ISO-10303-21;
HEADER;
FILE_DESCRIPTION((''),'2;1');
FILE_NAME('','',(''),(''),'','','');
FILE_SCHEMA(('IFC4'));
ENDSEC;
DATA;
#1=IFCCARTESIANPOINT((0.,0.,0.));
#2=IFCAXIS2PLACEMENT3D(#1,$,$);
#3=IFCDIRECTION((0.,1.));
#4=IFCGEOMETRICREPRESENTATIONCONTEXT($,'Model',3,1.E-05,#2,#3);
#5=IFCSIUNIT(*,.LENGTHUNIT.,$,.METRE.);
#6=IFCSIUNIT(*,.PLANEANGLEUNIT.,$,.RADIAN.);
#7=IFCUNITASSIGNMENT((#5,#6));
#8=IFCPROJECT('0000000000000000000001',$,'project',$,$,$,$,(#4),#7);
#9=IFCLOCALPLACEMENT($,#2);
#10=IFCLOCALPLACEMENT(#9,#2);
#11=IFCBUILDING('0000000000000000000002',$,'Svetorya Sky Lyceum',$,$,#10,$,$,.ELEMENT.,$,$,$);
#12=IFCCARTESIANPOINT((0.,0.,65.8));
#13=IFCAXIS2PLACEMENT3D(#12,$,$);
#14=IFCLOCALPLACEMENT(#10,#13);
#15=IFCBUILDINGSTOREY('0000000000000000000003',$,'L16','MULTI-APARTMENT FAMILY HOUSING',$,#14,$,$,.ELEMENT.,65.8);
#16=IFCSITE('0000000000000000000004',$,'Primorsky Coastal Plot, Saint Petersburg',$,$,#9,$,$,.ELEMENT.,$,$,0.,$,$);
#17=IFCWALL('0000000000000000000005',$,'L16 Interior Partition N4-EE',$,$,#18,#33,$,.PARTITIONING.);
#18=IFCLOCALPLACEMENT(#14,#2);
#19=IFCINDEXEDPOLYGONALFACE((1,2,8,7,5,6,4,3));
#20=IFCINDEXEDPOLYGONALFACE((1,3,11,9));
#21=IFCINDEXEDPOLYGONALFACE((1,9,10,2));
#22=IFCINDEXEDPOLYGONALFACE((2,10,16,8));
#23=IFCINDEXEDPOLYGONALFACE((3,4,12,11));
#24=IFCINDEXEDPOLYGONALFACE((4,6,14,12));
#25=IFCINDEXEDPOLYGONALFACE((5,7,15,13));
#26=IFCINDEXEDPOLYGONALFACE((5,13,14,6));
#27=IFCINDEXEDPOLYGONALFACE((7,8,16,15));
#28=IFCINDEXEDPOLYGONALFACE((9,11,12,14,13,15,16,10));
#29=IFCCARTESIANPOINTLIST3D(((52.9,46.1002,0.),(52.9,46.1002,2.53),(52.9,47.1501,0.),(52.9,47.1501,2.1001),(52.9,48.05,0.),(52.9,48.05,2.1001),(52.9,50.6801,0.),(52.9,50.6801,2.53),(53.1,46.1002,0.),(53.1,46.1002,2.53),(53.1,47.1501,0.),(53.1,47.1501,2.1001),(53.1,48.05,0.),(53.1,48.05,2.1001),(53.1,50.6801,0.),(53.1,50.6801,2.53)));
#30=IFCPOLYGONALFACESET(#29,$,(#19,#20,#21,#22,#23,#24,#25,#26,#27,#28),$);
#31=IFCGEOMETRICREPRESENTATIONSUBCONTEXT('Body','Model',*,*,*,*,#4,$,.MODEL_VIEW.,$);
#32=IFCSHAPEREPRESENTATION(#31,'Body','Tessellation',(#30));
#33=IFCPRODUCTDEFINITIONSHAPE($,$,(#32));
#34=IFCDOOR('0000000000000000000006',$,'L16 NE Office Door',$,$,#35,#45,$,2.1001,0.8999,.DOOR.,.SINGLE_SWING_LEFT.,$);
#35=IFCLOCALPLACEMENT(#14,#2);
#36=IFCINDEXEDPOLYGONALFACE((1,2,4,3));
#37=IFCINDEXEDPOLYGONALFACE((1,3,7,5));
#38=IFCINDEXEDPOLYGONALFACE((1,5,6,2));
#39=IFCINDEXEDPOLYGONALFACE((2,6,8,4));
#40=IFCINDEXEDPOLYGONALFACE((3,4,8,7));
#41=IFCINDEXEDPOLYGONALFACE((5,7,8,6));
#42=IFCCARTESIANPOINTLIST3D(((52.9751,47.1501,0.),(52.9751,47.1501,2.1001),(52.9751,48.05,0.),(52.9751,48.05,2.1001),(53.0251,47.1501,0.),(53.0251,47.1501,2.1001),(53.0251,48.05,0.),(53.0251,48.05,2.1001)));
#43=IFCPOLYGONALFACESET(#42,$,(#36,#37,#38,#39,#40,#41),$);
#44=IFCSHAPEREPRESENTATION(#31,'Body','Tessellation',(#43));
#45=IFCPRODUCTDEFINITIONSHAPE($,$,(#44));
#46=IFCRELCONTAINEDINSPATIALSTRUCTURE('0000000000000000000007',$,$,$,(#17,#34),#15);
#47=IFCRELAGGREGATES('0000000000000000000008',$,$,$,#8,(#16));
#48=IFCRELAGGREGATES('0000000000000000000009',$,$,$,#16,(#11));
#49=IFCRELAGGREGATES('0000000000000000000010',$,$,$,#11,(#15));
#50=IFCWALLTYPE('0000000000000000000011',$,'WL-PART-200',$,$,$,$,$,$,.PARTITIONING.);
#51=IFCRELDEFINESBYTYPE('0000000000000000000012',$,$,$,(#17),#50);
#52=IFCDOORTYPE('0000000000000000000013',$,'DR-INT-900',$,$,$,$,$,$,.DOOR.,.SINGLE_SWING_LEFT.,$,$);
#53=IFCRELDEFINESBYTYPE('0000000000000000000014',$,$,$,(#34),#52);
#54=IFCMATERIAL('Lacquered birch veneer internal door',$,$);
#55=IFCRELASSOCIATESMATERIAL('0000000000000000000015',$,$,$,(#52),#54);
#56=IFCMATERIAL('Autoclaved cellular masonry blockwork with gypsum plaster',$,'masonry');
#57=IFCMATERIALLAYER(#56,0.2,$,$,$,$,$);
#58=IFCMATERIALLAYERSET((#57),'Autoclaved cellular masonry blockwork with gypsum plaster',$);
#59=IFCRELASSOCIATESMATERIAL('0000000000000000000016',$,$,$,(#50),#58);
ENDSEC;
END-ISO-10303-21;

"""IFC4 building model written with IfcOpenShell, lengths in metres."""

from ifc_helpers import new_model, si_unit, direction, frame, frame_2d, origin, place, context, subcontext, project, spatial, rectangle, extrude, material, layer, layer_set, type_object, element, fill, save


model = new_model("IFC4")

# Units and contexts
model_context = context("Model", 3, precision=1e-05, world=origin(), true_north=direction((0.0, 1.0)))
body_context = subcontext(model_context, "Body", "Model", "MODEL_VIEW")
ifc_project = project(units=[si_unit("LENGTHUNIT", "METRE"), si_unit("PLANEANGLEUNIT", "RADIAN")], contexts=[model_context])

# Site, building, storey
site_placement = place(None, origin())
site = spatial("IfcSite", under=ifc_project, at=site_placement, Name="Primorsky Coastal Plot, Saint Petersburg", CompositionType="ELEMENT", RefElevation=0.0)
building_placement = place(site_placement, origin())
building = spatial("IfcBuilding", under=site, at=building_placement, Name="Svetorya Sky Lyceum", CompositionType="ELEMENT")
storey_placement = place(building_placement, frame((0.0, 0.0, 65.8)))
storey = spatial("IfcBuildingStorey", under=building, at=storey_placement, Name="L16", Description="MULTI-APARTMENT FAMILY HOUSING", CompositionType="ELEMENT", Elevation=65.8)

# Shared definitions
ifc_material_1 = material(Name="Lacquered birch veneer internal door")
door_type_1 = type_object("IfcDoorType", Name="DR-INT-900", OperationType="SINGLE_SWING_LEFT", PredefinedType="DOOR", material=ifc_material_1)

# Shared definitions
ifc_material_2 = material(Name="Autoclaved cellular masonry blockwork with gypsum plaster", Category="masonry")
ifc_layer_1 = layer(ifc_material_2, 0.2)
ifc_layer_set_1 = layer_set([ifc_layer_1], Name="Autoclaved cellular masonry blockwork with gypsum plaster")
wall_type_1 = type_object("IfcWallType", Name="WL-PART-200", PredefinedType="PARTITIONING", material=ifc_layer_set_1)

# Wall, opening, door
wall_1_placement = place(storey_placement, frame((53.0, 46.1001, 0.0), z_axis=(0.0, 0.0, 1.0), x_axis=(0.0, 1.0, 0.0)))
wall_1 = element("IfcWall", 1, at=wall_1_placement, inside=storey, type_object=wall_type_1, Name="L16 Interior Partition N4-EE", PredefinedType="PARTITIONING", context=body_context, shape_type="SweptSolid", body=[
    extrude(rectangle(XDim=4.5798, YDim=0.2, at=frame_2d((2.29, 0.0))), origin(), (0.0, 0.0, 1.0), 2.53),
])
opening_1_placement = place(wall_1_placement, frame((1.05, 0.0, 0.0)))
opening_1 = element("IfcOpeningElement", 2, at=opening_1_placement, cuts=wall_1, PredefinedType="OPENING", context=body_context, shape_type="SweptSolid", body=[
    extrude(rectangle(XDim=0.8999, YDim=2.1001, at=frame_2d((0.45, 1.05))), frame((0.0, 0.1099, 0.0), z_axis=(0.0, -1.0, 0.0), x_axis=(1.0, 0.0, 0.0)), (0.0, 0.0, 1.0), 0.22),
])
door_1_placement = place(opening_1_placement, origin())
door_1 = element("IfcDoor", 3, at=door_1_placement, inside=storey, type_object=door_type_1, Name="L16 NE Office Door", OperationType="SINGLE_SWING_LEFT", OverallHeight=2.1001, OverallWidth=0.8999, PredefinedType="DOOR", context=body_context, shape_type="SweptSolid", body=[
    extrude(rectangle(XDim=0.8999, YDim=2.1001, at=frame_2d((0.45, 1.05))), frame((0.0, 0.0249, 0.0), z_axis=(0.0, -1.0, 0.0), x_axis=(1.0, 0.0, 0.0)), (0.0, 0.0, 1.0), 0.05),
])
fill(opening_1, door_1)

save(model, "model.ifc")
